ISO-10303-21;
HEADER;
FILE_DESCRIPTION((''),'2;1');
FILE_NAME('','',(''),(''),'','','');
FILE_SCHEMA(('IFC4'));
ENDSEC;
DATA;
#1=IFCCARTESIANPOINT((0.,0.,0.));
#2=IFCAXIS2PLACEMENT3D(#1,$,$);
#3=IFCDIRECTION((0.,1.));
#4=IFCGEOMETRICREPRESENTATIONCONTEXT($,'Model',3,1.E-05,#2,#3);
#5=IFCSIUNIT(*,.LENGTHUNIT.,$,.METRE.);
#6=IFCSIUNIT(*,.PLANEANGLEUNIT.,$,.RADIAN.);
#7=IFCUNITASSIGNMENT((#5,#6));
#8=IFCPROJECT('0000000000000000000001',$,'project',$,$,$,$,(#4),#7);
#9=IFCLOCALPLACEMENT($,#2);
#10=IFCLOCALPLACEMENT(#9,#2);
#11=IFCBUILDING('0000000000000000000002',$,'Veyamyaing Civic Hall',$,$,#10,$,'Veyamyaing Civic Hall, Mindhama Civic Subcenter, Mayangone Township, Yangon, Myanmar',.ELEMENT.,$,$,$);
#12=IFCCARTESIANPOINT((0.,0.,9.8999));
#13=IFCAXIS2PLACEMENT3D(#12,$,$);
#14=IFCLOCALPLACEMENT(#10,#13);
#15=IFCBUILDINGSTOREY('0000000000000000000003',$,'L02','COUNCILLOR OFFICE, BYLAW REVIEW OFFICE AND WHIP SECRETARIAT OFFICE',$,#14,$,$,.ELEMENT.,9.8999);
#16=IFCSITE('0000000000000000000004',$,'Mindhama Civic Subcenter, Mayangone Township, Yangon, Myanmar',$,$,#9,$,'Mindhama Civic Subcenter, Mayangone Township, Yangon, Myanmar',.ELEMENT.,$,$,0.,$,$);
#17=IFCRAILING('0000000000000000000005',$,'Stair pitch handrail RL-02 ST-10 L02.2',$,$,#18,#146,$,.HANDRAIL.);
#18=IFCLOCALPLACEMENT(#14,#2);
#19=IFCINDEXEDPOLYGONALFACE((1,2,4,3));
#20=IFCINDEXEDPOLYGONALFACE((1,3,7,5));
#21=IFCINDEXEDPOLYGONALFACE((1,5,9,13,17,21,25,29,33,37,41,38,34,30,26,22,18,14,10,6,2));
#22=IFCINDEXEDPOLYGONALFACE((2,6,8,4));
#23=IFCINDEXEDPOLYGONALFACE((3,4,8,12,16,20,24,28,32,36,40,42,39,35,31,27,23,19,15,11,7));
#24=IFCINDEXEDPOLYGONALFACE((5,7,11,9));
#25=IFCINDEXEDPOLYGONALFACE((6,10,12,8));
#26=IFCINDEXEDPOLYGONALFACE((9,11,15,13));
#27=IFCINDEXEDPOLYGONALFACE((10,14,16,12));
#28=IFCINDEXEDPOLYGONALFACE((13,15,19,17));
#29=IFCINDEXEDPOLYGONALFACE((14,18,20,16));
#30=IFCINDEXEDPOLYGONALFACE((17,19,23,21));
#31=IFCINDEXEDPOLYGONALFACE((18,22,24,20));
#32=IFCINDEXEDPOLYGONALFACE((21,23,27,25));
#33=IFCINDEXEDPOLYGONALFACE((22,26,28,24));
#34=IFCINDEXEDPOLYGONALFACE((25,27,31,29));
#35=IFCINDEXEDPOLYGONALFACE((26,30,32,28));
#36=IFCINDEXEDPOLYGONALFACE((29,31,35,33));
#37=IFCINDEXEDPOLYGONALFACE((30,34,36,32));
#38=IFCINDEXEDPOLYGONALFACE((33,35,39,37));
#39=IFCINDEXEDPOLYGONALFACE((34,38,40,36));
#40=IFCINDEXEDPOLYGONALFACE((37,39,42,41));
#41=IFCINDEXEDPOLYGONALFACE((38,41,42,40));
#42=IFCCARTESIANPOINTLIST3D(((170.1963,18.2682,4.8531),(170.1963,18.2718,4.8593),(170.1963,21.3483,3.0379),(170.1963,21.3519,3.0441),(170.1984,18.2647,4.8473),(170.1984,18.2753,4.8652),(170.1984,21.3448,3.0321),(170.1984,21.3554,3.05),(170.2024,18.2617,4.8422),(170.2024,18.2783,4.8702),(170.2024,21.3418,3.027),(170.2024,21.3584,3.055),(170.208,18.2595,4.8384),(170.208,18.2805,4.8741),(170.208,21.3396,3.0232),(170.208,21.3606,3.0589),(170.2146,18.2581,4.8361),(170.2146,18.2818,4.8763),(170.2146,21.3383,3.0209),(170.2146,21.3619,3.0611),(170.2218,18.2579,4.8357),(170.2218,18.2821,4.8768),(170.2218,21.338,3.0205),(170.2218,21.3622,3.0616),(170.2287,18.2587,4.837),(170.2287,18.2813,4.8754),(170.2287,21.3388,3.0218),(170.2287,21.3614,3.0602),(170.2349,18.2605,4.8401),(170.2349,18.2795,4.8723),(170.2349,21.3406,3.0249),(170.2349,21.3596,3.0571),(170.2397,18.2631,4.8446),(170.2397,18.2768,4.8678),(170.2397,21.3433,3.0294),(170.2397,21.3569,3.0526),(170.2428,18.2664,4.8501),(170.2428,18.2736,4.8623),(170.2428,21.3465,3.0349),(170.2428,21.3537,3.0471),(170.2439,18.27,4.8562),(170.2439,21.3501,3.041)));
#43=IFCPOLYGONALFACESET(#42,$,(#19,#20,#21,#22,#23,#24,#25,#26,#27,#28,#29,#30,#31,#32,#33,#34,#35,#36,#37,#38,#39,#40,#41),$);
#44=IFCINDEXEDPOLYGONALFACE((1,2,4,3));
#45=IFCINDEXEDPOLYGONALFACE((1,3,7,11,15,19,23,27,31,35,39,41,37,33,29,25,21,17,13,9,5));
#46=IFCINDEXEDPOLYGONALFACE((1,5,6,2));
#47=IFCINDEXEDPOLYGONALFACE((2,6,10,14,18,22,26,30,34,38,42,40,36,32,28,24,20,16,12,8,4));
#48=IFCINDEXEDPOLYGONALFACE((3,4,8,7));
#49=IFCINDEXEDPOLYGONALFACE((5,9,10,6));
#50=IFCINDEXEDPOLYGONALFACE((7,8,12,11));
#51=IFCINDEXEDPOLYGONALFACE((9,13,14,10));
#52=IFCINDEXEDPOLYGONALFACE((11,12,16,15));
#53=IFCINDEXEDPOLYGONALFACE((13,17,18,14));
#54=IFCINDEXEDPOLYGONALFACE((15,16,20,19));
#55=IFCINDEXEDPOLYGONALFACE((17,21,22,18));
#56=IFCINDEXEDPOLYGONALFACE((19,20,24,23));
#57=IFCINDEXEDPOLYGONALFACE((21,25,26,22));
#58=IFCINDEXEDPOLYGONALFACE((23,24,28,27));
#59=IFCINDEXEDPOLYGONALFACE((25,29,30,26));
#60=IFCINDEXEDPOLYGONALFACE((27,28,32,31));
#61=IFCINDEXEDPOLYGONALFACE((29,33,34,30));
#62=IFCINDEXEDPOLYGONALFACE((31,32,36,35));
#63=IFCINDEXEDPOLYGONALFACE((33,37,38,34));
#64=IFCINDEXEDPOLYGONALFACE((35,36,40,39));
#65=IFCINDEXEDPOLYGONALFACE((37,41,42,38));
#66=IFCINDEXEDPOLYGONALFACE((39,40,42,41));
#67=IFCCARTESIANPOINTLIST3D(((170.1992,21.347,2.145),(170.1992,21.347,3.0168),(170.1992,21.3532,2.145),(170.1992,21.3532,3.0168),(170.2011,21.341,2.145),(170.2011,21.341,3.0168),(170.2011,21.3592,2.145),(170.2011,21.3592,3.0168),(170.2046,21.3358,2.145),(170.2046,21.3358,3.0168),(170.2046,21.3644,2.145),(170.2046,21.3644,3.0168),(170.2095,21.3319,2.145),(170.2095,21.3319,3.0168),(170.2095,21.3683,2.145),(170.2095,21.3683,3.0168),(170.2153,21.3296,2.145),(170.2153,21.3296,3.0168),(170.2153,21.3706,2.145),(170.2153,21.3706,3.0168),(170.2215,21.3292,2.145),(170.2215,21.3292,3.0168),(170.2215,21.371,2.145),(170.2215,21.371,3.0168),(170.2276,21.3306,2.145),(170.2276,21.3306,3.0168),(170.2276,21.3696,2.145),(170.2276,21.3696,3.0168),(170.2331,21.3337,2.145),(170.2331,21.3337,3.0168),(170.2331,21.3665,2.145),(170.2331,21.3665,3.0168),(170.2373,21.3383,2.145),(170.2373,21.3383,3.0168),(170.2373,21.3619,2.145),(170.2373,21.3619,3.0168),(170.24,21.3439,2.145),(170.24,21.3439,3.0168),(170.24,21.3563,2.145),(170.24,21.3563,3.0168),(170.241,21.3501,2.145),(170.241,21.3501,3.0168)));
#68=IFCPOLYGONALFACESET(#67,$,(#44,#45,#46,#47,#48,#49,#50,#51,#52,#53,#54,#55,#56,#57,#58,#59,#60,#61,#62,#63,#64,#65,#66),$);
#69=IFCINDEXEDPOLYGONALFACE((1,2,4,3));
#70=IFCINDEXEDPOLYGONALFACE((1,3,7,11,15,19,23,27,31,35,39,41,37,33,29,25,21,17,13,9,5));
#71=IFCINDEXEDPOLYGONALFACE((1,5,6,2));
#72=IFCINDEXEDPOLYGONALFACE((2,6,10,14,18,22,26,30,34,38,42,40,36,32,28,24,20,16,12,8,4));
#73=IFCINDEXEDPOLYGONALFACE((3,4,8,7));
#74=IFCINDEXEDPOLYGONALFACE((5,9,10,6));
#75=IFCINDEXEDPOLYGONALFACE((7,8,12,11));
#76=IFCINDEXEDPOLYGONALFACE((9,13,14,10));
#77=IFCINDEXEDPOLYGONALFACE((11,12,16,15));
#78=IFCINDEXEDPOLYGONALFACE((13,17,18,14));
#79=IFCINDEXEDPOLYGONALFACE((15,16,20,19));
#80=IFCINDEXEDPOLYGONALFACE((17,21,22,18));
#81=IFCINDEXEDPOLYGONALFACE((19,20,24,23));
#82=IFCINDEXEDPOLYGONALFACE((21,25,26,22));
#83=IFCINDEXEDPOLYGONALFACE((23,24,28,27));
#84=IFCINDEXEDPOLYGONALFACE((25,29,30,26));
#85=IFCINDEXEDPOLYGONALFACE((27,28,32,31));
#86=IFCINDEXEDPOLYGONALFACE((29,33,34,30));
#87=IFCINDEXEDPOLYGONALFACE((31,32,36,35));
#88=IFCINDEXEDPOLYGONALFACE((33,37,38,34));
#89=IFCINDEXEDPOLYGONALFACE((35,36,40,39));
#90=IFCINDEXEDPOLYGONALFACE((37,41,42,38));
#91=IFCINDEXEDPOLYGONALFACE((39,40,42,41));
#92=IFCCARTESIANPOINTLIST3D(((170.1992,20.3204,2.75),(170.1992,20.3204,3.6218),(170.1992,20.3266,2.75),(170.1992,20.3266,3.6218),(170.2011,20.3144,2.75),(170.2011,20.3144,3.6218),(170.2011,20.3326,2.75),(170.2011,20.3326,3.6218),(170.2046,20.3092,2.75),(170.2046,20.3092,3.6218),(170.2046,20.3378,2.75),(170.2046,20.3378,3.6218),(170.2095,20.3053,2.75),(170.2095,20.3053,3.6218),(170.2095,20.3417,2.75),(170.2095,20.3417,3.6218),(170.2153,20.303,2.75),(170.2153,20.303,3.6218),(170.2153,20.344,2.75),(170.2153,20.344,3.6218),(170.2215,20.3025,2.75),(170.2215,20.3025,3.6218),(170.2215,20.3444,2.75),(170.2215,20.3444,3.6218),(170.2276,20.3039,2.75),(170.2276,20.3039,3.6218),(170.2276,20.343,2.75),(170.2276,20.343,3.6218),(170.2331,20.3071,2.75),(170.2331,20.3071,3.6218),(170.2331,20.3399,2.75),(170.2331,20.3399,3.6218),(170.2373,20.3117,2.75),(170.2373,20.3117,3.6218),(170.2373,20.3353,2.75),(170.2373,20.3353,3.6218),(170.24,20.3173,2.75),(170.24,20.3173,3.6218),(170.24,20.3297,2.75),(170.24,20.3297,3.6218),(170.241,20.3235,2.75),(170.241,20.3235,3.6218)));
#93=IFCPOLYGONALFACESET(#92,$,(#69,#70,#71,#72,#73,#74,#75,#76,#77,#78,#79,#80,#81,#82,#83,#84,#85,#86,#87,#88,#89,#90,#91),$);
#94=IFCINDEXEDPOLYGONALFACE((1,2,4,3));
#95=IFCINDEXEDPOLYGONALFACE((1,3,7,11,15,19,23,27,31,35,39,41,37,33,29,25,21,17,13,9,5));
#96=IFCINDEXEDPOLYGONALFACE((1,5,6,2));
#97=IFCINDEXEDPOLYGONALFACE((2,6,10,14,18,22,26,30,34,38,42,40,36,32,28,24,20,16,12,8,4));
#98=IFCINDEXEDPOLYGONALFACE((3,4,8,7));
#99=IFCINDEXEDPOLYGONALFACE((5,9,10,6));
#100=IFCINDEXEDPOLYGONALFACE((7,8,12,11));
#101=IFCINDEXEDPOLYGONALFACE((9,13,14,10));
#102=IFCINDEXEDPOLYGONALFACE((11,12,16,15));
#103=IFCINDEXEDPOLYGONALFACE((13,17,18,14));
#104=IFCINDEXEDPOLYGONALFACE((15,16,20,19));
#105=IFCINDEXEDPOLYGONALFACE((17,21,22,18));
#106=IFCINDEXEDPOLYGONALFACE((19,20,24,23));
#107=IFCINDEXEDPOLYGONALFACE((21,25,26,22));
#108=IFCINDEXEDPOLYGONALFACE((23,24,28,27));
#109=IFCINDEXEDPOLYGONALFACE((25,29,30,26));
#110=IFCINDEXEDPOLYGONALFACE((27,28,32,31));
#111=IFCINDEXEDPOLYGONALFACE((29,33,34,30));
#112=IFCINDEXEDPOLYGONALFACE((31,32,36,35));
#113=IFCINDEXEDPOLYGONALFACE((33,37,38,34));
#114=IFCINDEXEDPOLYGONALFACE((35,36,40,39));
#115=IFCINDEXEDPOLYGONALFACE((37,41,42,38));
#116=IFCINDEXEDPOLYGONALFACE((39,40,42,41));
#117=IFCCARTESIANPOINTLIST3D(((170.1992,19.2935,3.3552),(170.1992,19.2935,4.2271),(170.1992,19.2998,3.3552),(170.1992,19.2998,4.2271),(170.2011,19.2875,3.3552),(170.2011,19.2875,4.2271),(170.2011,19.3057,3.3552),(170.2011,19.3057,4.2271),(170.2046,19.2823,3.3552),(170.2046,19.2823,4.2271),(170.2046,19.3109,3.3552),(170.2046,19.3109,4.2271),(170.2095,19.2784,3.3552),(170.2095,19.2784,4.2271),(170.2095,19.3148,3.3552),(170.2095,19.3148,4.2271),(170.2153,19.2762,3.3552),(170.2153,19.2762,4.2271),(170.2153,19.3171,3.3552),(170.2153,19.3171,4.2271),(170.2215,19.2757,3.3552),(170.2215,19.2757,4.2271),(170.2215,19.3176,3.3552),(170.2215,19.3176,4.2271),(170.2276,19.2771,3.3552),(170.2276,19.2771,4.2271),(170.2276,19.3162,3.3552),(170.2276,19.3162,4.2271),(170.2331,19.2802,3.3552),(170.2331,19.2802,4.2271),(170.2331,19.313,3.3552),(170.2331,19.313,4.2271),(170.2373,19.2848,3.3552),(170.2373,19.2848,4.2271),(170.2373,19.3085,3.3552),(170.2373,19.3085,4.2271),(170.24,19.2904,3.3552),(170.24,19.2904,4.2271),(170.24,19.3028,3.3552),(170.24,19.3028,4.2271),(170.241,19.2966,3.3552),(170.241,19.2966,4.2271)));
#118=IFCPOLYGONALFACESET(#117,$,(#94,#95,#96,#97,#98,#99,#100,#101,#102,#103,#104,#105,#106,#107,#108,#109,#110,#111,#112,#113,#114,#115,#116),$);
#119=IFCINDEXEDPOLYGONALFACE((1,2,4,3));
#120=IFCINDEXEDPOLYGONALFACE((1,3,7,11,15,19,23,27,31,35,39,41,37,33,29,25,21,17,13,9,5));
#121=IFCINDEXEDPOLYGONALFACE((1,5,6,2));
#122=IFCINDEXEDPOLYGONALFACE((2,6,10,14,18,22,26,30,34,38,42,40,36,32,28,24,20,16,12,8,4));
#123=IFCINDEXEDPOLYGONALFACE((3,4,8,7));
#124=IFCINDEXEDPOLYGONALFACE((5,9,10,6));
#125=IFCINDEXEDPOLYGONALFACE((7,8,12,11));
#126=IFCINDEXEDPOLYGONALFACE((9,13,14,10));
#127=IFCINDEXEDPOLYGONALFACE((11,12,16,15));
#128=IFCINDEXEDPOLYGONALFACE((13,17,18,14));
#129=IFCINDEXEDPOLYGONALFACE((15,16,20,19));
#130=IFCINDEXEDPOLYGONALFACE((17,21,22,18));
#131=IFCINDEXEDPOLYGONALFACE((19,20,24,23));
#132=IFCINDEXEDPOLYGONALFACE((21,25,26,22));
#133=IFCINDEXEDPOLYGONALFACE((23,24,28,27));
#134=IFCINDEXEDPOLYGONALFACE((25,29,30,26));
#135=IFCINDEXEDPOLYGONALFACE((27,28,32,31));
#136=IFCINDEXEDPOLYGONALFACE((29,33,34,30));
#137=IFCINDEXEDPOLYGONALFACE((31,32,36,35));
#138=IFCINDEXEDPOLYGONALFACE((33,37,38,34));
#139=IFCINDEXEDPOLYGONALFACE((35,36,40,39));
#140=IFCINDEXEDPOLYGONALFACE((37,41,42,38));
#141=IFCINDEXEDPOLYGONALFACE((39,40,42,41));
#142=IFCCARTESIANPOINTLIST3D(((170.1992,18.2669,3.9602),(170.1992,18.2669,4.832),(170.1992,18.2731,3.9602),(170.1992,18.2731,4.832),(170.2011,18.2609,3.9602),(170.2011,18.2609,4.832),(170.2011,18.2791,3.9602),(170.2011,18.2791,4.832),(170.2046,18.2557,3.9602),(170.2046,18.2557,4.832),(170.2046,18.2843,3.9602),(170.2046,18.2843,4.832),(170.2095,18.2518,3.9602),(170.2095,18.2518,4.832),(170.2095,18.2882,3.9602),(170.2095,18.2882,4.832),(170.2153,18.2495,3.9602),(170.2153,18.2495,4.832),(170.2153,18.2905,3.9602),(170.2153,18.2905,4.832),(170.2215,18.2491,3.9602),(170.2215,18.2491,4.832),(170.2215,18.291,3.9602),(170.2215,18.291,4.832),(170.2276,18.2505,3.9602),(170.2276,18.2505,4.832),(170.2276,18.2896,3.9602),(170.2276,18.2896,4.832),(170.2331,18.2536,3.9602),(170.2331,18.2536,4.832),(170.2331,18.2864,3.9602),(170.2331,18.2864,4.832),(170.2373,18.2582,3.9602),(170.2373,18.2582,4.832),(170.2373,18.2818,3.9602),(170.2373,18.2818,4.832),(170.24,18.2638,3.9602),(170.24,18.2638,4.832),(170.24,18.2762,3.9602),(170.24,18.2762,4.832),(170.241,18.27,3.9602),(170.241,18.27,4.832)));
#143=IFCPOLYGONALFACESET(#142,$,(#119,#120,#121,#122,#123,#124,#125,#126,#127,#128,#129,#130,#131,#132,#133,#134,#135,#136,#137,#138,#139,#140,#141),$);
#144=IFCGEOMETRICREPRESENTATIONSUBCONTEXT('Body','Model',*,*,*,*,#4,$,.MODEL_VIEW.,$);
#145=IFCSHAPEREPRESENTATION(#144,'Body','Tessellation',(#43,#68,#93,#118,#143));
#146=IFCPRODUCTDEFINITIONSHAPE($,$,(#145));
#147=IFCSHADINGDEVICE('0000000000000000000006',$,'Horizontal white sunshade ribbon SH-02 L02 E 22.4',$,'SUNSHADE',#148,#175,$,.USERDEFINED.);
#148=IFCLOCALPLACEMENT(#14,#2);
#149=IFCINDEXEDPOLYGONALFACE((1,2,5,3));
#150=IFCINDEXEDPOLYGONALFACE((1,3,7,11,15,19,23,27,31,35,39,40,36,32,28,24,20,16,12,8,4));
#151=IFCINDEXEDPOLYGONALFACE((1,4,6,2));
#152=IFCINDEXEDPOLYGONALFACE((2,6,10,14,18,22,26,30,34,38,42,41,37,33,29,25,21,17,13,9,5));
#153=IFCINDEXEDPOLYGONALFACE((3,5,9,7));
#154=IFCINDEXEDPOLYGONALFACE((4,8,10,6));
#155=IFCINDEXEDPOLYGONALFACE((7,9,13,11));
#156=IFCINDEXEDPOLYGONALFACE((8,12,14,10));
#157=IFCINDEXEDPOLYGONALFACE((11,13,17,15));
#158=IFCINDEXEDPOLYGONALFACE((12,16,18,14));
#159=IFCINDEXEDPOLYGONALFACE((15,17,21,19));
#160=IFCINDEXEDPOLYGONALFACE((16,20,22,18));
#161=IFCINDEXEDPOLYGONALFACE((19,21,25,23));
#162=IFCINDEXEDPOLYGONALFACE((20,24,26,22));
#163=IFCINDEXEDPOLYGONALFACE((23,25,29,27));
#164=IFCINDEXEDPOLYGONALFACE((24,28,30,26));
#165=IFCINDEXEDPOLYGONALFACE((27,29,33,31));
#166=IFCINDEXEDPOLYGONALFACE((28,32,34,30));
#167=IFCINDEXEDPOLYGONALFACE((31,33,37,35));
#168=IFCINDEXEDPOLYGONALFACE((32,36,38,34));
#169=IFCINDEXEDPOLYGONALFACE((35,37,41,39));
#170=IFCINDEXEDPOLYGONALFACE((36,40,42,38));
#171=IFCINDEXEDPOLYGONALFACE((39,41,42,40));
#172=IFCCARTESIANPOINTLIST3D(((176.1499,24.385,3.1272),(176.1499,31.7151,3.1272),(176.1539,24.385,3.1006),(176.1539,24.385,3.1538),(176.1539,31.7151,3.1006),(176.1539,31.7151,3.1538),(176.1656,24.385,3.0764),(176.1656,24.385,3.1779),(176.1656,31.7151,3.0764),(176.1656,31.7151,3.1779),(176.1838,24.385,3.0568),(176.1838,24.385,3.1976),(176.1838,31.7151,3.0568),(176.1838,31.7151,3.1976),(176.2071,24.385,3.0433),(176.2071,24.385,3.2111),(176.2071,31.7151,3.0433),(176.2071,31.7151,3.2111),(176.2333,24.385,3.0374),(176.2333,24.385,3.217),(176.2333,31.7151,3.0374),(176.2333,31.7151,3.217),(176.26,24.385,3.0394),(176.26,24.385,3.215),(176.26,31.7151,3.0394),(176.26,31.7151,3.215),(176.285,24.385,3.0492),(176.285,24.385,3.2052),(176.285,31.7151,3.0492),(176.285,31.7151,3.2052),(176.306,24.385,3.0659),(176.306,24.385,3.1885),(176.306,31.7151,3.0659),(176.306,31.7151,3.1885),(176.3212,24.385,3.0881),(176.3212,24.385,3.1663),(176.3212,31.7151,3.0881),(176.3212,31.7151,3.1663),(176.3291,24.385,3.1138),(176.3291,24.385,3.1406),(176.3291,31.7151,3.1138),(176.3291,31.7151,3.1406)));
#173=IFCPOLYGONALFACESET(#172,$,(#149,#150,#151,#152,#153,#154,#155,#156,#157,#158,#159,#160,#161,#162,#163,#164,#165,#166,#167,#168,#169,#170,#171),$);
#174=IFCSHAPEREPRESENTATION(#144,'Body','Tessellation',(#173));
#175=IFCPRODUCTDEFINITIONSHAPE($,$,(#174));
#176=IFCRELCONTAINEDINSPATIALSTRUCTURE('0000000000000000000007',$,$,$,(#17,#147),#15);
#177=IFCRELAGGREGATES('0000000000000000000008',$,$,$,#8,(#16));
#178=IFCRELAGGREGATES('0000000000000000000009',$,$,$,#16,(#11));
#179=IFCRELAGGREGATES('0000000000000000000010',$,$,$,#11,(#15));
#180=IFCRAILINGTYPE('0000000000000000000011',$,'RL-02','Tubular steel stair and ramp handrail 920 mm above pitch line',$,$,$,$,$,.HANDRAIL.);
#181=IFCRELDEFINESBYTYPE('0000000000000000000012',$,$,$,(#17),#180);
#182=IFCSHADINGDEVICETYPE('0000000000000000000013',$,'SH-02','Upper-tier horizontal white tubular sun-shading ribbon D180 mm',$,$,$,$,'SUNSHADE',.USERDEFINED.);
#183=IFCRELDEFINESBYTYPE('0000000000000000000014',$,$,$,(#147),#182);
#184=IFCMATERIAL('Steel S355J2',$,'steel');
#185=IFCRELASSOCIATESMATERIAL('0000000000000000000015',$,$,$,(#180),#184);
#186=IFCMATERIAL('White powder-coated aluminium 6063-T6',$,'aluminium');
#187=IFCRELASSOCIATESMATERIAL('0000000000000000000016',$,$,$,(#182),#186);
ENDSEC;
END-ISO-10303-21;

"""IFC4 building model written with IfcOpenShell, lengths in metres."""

from ifc_helpers import new_model, si_unit, direction, frame, origin, origin_2d, place, context, subcontext, project, spatial, circle, extrude, material, material_profile, profile_set, type_object, element, save


model = new_model("IFC4")

# Units and contexts
model_context = context("Model", 3, precision=1e-05, world=origin(), true_north=direction((0.0, 1.0)))
body_context = subcontext(model_context, "Body", "Model", "MODEL_VIEW")
ifc_project = project(units=[si_unit("LENGTHUNIT", "METRE"), si_unit("PLANEANGLEUNIT", "RADIAN")], contexts=[model_context])

# Site, building, storey
site_placement = place(None, origin())
site = spatial("IfcSite", under=ifc_project, at=site_placement, Name="Mindhama Civic Subcenter, Mayangone Township, Yangon, Myanmar", LongName="Mindhama Civic Subcenter, Mayangone Township, Yangon, Myanmar", CompositionType="ELEMENT", RefElevation=0.0)
building_placement = place(site_placement, origin())
building = spatial("IfcBuilding", under=site, at=building_placement, Name="Veyamyaing Civic Hall", LongName="Veyamyaing Civic Hall, Mindhama Civic Subcenter, Mayangone Township, Yangon, Myanmar", CompositionType="ELEMENT")
storey_placement = place(building_placement, frame((0.0, 0.0, 9.8999)))
storey = spatial("IfcBuildingStorey", under=building, at=storey_placement, Name="L02", Description="COUNCILLOR OFFICE, BYLAW REVIEW OFFICE AND WHIP SECRETARIAT OFFICE", CompositionType="ELEMENT", Elevation=9.8999)

# Shared definitions
ifc_material_1 = material(Name="White powder-coated aluminium 6063-T6", Category="aluminium")

# Railing
ifc_material_2 = material(Name="Steel S355J2", Category="steel")
railing_type_1 = type_object("IfcRailingType", Name="RL-02", Description="Tubular steel stair and ramp handrail 920 mm above pitch line", PredefinedType="HANDRAIL", material=ifc_material_2)
railing_1_placement = place(storey_placement, frame((170.22, 21.3501, 2.145)))
element("IfcRailing", 1, at=railing_1_placement, inside=storey, type_object=railing_type_1, Name="Stair pitch handrail RL-02 ST-10 L02.2", PredefinedType="HANDRAIL", context=body_context, shape_type="SweptSolid", body=[
    extrude(circle(Radius=0.0239, at=origin_2d()), frame((0.0, 0.0, 0.896), z_axis=(0.0, -0.861521, 0.507721), x_axis=(1.0, 0.0, 0.0)), (0.0, 0.0, 1.0), 3.5752),
    extrude(circle(Radius=0.021, at=origin_2d()), origin(), (0.0, 0.0, 1.0), 0.8718),
    extrude(circle(Radius=0.021, at=origin_2d()), frame((0.0, -1.0266, 0.605)), (0.0, 0.0, 1.0), 0.8718),
    extrude(circle(Radius=0.021, at=origin_2d()), frame((0.0, -2.0535, 1.2102)), (0.0, 0.0, 1.0), 0.8718),
    extrude(circle(Radius=0.021, at=origin_2d()), frame((0.0, -3.0801, 1.8152)), (0.0, 0.0, 1.0), 0.8718),
])

# Shading device
ifc_material_profile_1 = material_profile(ifc_material_1, circle(Radius=0.0901, at=origin_2d()), Name="SHADE-TUBE-180")
ifc_profile_set_1 = profile_set([ifc_material_profile_1], Name="White powder-coated aluminium 6063-T6")
shading_device_type = type_object("IfcShadingDeviceType", Name="SH-02", Description="Upper-tier horizontal white tubular sun-shading ribbon D180 mm", ElementType="SUNSHADE", PredefinedType="USERDEFINED", material=ifc_profile_set_1)
shading_device_placement = place(storey_placement, frame((176.24, 24.385, 3.1272), z_axis=(0.0, 1.0, 0.0), x_axis=(-1.0, 0.0, 0.0)))
element("IfcShadingDevice", 2, at=shading_device_placement, inside=storey, type_object=shading_device_type, Name="Horizontal white sunshade ribbon SH-02 L02 E 22.4", ObjectType="SUNSHADE", PredefinedType="USERDEFINED", context=body_context, shape_type="SweptSolid", body=[
    extrude(circle(Radius=0.0901, at=origin_2d()), origin(), (0.0, 0.0, 1.0), 7.3301),
])

save(model, "model.ifc")
